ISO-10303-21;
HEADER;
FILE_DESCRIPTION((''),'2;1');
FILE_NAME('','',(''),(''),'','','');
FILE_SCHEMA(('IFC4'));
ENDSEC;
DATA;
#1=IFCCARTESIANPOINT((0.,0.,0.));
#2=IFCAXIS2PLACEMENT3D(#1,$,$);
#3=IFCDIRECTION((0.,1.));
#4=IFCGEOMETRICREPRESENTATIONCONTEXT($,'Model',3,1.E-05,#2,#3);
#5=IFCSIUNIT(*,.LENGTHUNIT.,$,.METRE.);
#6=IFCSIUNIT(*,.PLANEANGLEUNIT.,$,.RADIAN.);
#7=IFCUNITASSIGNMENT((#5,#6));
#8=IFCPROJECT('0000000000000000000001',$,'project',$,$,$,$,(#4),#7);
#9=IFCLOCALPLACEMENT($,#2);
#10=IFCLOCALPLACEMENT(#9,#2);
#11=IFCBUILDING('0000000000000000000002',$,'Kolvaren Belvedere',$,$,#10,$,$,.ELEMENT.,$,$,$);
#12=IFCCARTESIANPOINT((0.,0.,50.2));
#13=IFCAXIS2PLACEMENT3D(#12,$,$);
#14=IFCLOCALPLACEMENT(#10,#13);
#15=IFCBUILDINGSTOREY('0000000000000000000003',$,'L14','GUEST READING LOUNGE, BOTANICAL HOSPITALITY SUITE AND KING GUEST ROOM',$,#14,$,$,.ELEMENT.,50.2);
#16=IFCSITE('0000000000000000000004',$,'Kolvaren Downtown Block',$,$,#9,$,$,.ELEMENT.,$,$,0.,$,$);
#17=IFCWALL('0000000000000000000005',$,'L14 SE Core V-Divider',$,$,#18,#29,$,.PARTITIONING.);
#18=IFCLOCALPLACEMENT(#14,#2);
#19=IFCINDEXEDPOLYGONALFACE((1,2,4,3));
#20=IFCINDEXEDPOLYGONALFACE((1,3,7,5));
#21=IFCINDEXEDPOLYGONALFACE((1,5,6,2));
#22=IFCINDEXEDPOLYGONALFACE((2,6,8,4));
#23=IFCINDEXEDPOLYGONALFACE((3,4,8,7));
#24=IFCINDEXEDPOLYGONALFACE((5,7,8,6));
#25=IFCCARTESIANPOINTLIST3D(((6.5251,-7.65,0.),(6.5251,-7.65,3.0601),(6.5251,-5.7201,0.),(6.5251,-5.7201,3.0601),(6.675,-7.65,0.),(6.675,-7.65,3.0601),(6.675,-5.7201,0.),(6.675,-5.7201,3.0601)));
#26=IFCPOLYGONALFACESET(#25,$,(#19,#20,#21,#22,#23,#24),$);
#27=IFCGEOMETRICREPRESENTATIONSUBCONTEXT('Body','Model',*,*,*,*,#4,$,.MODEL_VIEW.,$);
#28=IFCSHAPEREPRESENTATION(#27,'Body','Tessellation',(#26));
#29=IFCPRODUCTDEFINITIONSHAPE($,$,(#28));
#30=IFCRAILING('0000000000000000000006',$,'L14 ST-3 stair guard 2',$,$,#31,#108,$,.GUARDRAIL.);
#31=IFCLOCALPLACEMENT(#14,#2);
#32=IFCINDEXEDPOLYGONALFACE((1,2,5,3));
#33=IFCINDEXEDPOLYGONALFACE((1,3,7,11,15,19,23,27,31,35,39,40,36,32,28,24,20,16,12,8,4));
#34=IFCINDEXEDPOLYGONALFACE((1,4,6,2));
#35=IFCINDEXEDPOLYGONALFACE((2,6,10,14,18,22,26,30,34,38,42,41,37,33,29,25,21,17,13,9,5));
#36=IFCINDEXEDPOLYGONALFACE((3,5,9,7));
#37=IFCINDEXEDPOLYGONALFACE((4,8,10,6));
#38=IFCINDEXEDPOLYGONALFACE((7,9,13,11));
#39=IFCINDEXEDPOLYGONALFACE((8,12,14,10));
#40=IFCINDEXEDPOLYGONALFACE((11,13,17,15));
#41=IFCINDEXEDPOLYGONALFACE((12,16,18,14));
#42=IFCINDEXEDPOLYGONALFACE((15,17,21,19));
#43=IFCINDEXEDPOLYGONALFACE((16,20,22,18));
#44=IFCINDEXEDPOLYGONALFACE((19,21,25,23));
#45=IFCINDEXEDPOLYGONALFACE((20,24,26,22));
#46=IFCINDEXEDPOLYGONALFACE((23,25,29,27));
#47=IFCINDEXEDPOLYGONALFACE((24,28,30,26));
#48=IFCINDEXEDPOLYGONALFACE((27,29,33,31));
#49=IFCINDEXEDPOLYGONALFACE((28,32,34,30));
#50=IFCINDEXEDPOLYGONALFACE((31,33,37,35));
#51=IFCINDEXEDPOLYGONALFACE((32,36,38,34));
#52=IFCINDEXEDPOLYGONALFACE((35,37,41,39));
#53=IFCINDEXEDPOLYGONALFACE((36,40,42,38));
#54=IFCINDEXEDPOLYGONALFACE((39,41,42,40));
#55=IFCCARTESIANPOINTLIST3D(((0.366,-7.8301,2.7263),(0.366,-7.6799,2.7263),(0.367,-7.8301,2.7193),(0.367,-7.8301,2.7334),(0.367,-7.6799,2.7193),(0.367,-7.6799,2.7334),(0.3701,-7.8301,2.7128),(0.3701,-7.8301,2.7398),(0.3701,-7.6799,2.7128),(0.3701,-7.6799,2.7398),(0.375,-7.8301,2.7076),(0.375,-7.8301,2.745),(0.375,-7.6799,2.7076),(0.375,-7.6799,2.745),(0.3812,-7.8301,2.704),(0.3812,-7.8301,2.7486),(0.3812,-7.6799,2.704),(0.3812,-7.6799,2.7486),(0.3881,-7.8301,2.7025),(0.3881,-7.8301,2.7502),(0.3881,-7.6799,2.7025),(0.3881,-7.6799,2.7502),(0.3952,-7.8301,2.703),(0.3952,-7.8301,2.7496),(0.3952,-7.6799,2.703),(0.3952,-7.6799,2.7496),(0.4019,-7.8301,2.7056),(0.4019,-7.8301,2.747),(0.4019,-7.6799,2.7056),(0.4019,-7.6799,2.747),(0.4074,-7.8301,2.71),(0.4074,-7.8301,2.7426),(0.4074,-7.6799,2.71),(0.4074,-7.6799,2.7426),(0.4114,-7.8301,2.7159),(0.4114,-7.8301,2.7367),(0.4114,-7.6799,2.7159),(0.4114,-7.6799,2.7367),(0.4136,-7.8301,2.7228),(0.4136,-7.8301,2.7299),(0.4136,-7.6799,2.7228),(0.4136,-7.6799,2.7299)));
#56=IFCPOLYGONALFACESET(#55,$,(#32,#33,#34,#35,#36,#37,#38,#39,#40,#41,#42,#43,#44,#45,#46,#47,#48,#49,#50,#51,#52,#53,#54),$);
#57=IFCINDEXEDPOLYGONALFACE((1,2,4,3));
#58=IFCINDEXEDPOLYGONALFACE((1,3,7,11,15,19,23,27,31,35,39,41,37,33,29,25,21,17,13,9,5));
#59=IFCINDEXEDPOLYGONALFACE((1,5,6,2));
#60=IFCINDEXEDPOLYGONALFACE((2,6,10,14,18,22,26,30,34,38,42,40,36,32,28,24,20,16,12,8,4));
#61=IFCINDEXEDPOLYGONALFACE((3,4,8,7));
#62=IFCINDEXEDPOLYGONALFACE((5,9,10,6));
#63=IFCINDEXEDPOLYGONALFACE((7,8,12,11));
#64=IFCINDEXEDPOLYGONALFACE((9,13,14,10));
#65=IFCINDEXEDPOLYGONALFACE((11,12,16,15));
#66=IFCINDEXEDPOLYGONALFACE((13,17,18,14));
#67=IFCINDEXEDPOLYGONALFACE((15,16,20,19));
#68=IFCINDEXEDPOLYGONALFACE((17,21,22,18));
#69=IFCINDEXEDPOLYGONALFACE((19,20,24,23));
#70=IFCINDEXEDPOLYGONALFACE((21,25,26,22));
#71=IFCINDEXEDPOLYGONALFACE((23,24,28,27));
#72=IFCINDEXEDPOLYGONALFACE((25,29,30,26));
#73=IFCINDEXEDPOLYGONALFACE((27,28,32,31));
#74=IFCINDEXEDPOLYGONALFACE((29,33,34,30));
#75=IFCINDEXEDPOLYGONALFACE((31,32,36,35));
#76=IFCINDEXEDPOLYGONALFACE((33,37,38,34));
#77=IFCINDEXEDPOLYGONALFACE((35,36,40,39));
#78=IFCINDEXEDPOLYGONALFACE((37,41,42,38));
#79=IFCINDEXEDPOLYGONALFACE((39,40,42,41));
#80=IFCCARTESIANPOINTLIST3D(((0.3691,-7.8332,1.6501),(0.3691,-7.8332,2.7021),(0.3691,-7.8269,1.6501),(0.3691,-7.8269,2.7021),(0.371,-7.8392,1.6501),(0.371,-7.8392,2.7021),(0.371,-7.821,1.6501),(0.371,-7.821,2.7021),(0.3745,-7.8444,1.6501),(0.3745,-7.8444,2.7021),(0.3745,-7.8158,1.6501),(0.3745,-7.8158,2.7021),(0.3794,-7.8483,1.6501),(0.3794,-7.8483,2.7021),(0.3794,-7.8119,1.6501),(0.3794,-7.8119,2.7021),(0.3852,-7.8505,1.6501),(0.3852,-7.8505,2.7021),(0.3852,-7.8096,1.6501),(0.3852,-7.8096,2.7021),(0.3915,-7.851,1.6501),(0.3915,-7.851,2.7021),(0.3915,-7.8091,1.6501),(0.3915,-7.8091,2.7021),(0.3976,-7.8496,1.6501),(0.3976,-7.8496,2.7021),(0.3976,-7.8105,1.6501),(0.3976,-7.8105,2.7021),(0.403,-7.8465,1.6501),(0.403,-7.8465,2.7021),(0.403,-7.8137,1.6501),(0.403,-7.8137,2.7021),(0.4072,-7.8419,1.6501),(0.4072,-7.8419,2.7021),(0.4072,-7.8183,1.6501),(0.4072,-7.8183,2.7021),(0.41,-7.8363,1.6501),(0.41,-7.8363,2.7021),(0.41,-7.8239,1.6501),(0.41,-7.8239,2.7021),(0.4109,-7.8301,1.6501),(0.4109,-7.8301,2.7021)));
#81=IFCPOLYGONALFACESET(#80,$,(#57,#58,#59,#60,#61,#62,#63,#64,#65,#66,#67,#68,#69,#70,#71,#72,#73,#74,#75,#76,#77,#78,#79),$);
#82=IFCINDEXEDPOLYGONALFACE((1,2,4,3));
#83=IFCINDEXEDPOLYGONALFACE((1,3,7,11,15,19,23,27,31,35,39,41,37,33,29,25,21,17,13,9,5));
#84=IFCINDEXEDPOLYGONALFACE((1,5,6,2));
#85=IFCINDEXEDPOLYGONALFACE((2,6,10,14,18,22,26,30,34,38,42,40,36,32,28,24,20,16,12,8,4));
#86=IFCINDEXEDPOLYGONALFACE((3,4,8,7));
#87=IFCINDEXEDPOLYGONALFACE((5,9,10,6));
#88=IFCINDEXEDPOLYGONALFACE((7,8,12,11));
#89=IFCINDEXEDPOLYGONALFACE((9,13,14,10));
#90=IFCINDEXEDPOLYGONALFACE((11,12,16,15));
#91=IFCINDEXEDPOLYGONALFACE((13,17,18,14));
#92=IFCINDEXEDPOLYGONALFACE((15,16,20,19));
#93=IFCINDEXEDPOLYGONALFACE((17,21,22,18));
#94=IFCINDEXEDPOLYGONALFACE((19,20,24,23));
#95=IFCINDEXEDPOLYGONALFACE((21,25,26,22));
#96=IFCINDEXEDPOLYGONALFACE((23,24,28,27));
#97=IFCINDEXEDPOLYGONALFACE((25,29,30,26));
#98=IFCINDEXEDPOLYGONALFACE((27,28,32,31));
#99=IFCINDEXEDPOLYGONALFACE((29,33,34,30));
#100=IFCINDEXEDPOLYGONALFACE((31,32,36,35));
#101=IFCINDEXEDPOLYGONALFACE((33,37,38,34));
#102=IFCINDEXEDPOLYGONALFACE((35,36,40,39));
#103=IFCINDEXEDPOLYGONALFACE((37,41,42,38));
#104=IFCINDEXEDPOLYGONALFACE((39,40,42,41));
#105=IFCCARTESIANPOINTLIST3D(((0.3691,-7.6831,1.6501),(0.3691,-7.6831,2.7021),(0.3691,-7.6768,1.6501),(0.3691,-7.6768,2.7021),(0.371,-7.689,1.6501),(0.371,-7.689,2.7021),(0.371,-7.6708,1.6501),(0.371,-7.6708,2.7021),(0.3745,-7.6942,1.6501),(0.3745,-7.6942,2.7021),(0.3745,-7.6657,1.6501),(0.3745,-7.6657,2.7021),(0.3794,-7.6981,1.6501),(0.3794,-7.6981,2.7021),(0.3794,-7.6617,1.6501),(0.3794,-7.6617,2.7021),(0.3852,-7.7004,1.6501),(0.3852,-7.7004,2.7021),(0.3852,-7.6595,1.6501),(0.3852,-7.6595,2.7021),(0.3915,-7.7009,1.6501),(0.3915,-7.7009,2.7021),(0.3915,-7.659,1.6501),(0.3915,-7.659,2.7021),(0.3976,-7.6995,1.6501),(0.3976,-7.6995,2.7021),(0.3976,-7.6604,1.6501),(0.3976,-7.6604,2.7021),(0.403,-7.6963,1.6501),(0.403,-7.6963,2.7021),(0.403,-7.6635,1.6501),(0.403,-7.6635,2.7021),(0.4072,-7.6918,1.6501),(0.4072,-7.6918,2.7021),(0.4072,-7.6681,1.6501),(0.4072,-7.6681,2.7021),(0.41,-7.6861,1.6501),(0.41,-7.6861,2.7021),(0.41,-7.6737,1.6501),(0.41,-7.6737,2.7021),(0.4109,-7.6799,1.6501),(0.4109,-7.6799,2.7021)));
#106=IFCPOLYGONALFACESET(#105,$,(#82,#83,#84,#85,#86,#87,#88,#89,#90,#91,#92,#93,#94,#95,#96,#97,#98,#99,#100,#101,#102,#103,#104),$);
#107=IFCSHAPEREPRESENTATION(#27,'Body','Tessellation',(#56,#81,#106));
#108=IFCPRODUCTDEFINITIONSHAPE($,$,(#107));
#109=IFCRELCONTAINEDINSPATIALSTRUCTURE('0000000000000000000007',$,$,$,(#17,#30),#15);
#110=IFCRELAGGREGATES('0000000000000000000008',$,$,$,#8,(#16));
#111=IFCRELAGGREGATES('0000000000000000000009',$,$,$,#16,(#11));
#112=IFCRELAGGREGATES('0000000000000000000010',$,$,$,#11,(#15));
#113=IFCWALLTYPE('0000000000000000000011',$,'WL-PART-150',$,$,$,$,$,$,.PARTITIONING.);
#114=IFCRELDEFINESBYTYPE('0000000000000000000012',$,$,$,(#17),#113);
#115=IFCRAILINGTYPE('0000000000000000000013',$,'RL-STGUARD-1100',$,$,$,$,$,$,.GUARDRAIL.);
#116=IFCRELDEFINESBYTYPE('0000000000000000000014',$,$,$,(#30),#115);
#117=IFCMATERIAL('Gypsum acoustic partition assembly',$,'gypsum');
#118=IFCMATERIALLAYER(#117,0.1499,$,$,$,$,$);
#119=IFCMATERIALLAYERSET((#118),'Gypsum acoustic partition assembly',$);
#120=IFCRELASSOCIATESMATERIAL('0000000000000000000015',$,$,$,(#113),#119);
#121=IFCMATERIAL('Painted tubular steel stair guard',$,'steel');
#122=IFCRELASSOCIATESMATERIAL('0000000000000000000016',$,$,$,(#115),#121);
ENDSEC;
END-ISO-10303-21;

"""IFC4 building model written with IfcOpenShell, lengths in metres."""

from ifc_helpers import new_model, si_unit, direction, frame, frame_2d, origin, origin_2d, place, context, subcontext, project, spatial, rectangle, circle, extrude, material, layer, layer_set, type_object, element, save


model = new_model("IFC4")

# Units and contexts
model_context = context("Model", 3, precision=1e-05, world=origin(), true_north=direction((0.0, 1.0)))
body_context = subcontext(model_context, "Body", "Model", "MODEL_VIEW")
ifc_project = project(units=[si_unit("LENGTHUNIT", "METRE"), si_unit("PLANEANGLEUNIT", "RADIAN")], contexts=[model_context])

# Site, building, storey
site_placement = place(None, origin())
site = spatial("IfcSite", under=ifc_project, at=site_placement, Name="Kolvaren Downtown Block", CompositionType="ELEMENT", RefElevation=0.0)
building_placement = place(site_placement, origin())
building = spatial("IfcBuilding", under=site, at=building_placement, Name="Kolvaren Belvedere", CompositionType="ELEMENT")
storey_placement = place(building_placement, frame((0.0, 0.0, 50.2)))
storey = spatial("IfcBuildingStorey", under=building, at=storey_placement, Name="L14", Description="GUEST READING LOUNGE, BOTANICAL HOSPITALITY SUITE AND KING GUEST ROOM", CompositionType="ELEMENT", Elevation=50.2)

# Shared definitions
ifc_material_1 = material(Name="Gypsum acoustic partition assembly", Category="gypsum")
ifc_layer_1 = layer(ifc_material_1, 0.1499)
ifc_layer_set_1 = layer_set([ifc_layer_1], Name="Gypsum acoustic partition assembly")
wall_type_1 = type_object("IfcWallType", Name="WL-PART-150", PredefinedType="PARTITIONING", material=ifc_layer_set_1)

# Wall
wall_1_placement = place(storey_placement, frame((6.6001, -7.6499, 0.0), z_axis=(0.0, 0.0, 1.0), x_axis=(0.0, 1.0, 0.0)))
element("IfcWall", 1, at=wall_1_placement, inside=storey, type_object=wall_type_1, Name="L14 SE Core V-Divider", PredefinedType="PARTITIONING", context=body_context, shape_type="SweptSolid", body=[
    extrude(rectangle(XDim=1.9299, YDim=0.1499, at=frame_2d((0.9648, 0.0))), origin(), (0.0, 0.0, 1.0), 3.0601),
])

# Railing
ifc_material_2 = material(Name="Painted tubular steel stair guard", Category="steel")
railing_type = type_object("IfcRailingType", Name="RL-STGUARD-1100", PredefinedType="GUARDRAIL", material=ifc_material_2)
railing_1_placement = place(storey_placement, frame((0.3899, -7.8301, 1.6501)))
element("IfcRailing", 2, at=railing_1_placement, inside=storey, type_object=railing_type, Name="L14 ST-3 stair guard 2", PredefinedType="GUARDRAIL", context=body_context, shape_type="SweptSolid", body=[
    extrude(circle(Radius=0.0239, at=origin_2d()), frame((0.0, 0.0, 1.0762), z_axis=(0.0, 1.0, 0.0), x_axis=(-1.0, 0.0, 0.0)), (0.0, 0.0, 1.0), 0.1501),
    extrude(circle(Radius=0.021, at=origin_2d()), origin(), (0.0, 0.0, 1.0), 1.052),
    extrude(circle(Radius=0.021, at=origin_2d()), frame((0.0, 0.1501, 0.0)), (0.0, 0.0, 1.0), 1.052),
])

save(model, "model.ifc")
